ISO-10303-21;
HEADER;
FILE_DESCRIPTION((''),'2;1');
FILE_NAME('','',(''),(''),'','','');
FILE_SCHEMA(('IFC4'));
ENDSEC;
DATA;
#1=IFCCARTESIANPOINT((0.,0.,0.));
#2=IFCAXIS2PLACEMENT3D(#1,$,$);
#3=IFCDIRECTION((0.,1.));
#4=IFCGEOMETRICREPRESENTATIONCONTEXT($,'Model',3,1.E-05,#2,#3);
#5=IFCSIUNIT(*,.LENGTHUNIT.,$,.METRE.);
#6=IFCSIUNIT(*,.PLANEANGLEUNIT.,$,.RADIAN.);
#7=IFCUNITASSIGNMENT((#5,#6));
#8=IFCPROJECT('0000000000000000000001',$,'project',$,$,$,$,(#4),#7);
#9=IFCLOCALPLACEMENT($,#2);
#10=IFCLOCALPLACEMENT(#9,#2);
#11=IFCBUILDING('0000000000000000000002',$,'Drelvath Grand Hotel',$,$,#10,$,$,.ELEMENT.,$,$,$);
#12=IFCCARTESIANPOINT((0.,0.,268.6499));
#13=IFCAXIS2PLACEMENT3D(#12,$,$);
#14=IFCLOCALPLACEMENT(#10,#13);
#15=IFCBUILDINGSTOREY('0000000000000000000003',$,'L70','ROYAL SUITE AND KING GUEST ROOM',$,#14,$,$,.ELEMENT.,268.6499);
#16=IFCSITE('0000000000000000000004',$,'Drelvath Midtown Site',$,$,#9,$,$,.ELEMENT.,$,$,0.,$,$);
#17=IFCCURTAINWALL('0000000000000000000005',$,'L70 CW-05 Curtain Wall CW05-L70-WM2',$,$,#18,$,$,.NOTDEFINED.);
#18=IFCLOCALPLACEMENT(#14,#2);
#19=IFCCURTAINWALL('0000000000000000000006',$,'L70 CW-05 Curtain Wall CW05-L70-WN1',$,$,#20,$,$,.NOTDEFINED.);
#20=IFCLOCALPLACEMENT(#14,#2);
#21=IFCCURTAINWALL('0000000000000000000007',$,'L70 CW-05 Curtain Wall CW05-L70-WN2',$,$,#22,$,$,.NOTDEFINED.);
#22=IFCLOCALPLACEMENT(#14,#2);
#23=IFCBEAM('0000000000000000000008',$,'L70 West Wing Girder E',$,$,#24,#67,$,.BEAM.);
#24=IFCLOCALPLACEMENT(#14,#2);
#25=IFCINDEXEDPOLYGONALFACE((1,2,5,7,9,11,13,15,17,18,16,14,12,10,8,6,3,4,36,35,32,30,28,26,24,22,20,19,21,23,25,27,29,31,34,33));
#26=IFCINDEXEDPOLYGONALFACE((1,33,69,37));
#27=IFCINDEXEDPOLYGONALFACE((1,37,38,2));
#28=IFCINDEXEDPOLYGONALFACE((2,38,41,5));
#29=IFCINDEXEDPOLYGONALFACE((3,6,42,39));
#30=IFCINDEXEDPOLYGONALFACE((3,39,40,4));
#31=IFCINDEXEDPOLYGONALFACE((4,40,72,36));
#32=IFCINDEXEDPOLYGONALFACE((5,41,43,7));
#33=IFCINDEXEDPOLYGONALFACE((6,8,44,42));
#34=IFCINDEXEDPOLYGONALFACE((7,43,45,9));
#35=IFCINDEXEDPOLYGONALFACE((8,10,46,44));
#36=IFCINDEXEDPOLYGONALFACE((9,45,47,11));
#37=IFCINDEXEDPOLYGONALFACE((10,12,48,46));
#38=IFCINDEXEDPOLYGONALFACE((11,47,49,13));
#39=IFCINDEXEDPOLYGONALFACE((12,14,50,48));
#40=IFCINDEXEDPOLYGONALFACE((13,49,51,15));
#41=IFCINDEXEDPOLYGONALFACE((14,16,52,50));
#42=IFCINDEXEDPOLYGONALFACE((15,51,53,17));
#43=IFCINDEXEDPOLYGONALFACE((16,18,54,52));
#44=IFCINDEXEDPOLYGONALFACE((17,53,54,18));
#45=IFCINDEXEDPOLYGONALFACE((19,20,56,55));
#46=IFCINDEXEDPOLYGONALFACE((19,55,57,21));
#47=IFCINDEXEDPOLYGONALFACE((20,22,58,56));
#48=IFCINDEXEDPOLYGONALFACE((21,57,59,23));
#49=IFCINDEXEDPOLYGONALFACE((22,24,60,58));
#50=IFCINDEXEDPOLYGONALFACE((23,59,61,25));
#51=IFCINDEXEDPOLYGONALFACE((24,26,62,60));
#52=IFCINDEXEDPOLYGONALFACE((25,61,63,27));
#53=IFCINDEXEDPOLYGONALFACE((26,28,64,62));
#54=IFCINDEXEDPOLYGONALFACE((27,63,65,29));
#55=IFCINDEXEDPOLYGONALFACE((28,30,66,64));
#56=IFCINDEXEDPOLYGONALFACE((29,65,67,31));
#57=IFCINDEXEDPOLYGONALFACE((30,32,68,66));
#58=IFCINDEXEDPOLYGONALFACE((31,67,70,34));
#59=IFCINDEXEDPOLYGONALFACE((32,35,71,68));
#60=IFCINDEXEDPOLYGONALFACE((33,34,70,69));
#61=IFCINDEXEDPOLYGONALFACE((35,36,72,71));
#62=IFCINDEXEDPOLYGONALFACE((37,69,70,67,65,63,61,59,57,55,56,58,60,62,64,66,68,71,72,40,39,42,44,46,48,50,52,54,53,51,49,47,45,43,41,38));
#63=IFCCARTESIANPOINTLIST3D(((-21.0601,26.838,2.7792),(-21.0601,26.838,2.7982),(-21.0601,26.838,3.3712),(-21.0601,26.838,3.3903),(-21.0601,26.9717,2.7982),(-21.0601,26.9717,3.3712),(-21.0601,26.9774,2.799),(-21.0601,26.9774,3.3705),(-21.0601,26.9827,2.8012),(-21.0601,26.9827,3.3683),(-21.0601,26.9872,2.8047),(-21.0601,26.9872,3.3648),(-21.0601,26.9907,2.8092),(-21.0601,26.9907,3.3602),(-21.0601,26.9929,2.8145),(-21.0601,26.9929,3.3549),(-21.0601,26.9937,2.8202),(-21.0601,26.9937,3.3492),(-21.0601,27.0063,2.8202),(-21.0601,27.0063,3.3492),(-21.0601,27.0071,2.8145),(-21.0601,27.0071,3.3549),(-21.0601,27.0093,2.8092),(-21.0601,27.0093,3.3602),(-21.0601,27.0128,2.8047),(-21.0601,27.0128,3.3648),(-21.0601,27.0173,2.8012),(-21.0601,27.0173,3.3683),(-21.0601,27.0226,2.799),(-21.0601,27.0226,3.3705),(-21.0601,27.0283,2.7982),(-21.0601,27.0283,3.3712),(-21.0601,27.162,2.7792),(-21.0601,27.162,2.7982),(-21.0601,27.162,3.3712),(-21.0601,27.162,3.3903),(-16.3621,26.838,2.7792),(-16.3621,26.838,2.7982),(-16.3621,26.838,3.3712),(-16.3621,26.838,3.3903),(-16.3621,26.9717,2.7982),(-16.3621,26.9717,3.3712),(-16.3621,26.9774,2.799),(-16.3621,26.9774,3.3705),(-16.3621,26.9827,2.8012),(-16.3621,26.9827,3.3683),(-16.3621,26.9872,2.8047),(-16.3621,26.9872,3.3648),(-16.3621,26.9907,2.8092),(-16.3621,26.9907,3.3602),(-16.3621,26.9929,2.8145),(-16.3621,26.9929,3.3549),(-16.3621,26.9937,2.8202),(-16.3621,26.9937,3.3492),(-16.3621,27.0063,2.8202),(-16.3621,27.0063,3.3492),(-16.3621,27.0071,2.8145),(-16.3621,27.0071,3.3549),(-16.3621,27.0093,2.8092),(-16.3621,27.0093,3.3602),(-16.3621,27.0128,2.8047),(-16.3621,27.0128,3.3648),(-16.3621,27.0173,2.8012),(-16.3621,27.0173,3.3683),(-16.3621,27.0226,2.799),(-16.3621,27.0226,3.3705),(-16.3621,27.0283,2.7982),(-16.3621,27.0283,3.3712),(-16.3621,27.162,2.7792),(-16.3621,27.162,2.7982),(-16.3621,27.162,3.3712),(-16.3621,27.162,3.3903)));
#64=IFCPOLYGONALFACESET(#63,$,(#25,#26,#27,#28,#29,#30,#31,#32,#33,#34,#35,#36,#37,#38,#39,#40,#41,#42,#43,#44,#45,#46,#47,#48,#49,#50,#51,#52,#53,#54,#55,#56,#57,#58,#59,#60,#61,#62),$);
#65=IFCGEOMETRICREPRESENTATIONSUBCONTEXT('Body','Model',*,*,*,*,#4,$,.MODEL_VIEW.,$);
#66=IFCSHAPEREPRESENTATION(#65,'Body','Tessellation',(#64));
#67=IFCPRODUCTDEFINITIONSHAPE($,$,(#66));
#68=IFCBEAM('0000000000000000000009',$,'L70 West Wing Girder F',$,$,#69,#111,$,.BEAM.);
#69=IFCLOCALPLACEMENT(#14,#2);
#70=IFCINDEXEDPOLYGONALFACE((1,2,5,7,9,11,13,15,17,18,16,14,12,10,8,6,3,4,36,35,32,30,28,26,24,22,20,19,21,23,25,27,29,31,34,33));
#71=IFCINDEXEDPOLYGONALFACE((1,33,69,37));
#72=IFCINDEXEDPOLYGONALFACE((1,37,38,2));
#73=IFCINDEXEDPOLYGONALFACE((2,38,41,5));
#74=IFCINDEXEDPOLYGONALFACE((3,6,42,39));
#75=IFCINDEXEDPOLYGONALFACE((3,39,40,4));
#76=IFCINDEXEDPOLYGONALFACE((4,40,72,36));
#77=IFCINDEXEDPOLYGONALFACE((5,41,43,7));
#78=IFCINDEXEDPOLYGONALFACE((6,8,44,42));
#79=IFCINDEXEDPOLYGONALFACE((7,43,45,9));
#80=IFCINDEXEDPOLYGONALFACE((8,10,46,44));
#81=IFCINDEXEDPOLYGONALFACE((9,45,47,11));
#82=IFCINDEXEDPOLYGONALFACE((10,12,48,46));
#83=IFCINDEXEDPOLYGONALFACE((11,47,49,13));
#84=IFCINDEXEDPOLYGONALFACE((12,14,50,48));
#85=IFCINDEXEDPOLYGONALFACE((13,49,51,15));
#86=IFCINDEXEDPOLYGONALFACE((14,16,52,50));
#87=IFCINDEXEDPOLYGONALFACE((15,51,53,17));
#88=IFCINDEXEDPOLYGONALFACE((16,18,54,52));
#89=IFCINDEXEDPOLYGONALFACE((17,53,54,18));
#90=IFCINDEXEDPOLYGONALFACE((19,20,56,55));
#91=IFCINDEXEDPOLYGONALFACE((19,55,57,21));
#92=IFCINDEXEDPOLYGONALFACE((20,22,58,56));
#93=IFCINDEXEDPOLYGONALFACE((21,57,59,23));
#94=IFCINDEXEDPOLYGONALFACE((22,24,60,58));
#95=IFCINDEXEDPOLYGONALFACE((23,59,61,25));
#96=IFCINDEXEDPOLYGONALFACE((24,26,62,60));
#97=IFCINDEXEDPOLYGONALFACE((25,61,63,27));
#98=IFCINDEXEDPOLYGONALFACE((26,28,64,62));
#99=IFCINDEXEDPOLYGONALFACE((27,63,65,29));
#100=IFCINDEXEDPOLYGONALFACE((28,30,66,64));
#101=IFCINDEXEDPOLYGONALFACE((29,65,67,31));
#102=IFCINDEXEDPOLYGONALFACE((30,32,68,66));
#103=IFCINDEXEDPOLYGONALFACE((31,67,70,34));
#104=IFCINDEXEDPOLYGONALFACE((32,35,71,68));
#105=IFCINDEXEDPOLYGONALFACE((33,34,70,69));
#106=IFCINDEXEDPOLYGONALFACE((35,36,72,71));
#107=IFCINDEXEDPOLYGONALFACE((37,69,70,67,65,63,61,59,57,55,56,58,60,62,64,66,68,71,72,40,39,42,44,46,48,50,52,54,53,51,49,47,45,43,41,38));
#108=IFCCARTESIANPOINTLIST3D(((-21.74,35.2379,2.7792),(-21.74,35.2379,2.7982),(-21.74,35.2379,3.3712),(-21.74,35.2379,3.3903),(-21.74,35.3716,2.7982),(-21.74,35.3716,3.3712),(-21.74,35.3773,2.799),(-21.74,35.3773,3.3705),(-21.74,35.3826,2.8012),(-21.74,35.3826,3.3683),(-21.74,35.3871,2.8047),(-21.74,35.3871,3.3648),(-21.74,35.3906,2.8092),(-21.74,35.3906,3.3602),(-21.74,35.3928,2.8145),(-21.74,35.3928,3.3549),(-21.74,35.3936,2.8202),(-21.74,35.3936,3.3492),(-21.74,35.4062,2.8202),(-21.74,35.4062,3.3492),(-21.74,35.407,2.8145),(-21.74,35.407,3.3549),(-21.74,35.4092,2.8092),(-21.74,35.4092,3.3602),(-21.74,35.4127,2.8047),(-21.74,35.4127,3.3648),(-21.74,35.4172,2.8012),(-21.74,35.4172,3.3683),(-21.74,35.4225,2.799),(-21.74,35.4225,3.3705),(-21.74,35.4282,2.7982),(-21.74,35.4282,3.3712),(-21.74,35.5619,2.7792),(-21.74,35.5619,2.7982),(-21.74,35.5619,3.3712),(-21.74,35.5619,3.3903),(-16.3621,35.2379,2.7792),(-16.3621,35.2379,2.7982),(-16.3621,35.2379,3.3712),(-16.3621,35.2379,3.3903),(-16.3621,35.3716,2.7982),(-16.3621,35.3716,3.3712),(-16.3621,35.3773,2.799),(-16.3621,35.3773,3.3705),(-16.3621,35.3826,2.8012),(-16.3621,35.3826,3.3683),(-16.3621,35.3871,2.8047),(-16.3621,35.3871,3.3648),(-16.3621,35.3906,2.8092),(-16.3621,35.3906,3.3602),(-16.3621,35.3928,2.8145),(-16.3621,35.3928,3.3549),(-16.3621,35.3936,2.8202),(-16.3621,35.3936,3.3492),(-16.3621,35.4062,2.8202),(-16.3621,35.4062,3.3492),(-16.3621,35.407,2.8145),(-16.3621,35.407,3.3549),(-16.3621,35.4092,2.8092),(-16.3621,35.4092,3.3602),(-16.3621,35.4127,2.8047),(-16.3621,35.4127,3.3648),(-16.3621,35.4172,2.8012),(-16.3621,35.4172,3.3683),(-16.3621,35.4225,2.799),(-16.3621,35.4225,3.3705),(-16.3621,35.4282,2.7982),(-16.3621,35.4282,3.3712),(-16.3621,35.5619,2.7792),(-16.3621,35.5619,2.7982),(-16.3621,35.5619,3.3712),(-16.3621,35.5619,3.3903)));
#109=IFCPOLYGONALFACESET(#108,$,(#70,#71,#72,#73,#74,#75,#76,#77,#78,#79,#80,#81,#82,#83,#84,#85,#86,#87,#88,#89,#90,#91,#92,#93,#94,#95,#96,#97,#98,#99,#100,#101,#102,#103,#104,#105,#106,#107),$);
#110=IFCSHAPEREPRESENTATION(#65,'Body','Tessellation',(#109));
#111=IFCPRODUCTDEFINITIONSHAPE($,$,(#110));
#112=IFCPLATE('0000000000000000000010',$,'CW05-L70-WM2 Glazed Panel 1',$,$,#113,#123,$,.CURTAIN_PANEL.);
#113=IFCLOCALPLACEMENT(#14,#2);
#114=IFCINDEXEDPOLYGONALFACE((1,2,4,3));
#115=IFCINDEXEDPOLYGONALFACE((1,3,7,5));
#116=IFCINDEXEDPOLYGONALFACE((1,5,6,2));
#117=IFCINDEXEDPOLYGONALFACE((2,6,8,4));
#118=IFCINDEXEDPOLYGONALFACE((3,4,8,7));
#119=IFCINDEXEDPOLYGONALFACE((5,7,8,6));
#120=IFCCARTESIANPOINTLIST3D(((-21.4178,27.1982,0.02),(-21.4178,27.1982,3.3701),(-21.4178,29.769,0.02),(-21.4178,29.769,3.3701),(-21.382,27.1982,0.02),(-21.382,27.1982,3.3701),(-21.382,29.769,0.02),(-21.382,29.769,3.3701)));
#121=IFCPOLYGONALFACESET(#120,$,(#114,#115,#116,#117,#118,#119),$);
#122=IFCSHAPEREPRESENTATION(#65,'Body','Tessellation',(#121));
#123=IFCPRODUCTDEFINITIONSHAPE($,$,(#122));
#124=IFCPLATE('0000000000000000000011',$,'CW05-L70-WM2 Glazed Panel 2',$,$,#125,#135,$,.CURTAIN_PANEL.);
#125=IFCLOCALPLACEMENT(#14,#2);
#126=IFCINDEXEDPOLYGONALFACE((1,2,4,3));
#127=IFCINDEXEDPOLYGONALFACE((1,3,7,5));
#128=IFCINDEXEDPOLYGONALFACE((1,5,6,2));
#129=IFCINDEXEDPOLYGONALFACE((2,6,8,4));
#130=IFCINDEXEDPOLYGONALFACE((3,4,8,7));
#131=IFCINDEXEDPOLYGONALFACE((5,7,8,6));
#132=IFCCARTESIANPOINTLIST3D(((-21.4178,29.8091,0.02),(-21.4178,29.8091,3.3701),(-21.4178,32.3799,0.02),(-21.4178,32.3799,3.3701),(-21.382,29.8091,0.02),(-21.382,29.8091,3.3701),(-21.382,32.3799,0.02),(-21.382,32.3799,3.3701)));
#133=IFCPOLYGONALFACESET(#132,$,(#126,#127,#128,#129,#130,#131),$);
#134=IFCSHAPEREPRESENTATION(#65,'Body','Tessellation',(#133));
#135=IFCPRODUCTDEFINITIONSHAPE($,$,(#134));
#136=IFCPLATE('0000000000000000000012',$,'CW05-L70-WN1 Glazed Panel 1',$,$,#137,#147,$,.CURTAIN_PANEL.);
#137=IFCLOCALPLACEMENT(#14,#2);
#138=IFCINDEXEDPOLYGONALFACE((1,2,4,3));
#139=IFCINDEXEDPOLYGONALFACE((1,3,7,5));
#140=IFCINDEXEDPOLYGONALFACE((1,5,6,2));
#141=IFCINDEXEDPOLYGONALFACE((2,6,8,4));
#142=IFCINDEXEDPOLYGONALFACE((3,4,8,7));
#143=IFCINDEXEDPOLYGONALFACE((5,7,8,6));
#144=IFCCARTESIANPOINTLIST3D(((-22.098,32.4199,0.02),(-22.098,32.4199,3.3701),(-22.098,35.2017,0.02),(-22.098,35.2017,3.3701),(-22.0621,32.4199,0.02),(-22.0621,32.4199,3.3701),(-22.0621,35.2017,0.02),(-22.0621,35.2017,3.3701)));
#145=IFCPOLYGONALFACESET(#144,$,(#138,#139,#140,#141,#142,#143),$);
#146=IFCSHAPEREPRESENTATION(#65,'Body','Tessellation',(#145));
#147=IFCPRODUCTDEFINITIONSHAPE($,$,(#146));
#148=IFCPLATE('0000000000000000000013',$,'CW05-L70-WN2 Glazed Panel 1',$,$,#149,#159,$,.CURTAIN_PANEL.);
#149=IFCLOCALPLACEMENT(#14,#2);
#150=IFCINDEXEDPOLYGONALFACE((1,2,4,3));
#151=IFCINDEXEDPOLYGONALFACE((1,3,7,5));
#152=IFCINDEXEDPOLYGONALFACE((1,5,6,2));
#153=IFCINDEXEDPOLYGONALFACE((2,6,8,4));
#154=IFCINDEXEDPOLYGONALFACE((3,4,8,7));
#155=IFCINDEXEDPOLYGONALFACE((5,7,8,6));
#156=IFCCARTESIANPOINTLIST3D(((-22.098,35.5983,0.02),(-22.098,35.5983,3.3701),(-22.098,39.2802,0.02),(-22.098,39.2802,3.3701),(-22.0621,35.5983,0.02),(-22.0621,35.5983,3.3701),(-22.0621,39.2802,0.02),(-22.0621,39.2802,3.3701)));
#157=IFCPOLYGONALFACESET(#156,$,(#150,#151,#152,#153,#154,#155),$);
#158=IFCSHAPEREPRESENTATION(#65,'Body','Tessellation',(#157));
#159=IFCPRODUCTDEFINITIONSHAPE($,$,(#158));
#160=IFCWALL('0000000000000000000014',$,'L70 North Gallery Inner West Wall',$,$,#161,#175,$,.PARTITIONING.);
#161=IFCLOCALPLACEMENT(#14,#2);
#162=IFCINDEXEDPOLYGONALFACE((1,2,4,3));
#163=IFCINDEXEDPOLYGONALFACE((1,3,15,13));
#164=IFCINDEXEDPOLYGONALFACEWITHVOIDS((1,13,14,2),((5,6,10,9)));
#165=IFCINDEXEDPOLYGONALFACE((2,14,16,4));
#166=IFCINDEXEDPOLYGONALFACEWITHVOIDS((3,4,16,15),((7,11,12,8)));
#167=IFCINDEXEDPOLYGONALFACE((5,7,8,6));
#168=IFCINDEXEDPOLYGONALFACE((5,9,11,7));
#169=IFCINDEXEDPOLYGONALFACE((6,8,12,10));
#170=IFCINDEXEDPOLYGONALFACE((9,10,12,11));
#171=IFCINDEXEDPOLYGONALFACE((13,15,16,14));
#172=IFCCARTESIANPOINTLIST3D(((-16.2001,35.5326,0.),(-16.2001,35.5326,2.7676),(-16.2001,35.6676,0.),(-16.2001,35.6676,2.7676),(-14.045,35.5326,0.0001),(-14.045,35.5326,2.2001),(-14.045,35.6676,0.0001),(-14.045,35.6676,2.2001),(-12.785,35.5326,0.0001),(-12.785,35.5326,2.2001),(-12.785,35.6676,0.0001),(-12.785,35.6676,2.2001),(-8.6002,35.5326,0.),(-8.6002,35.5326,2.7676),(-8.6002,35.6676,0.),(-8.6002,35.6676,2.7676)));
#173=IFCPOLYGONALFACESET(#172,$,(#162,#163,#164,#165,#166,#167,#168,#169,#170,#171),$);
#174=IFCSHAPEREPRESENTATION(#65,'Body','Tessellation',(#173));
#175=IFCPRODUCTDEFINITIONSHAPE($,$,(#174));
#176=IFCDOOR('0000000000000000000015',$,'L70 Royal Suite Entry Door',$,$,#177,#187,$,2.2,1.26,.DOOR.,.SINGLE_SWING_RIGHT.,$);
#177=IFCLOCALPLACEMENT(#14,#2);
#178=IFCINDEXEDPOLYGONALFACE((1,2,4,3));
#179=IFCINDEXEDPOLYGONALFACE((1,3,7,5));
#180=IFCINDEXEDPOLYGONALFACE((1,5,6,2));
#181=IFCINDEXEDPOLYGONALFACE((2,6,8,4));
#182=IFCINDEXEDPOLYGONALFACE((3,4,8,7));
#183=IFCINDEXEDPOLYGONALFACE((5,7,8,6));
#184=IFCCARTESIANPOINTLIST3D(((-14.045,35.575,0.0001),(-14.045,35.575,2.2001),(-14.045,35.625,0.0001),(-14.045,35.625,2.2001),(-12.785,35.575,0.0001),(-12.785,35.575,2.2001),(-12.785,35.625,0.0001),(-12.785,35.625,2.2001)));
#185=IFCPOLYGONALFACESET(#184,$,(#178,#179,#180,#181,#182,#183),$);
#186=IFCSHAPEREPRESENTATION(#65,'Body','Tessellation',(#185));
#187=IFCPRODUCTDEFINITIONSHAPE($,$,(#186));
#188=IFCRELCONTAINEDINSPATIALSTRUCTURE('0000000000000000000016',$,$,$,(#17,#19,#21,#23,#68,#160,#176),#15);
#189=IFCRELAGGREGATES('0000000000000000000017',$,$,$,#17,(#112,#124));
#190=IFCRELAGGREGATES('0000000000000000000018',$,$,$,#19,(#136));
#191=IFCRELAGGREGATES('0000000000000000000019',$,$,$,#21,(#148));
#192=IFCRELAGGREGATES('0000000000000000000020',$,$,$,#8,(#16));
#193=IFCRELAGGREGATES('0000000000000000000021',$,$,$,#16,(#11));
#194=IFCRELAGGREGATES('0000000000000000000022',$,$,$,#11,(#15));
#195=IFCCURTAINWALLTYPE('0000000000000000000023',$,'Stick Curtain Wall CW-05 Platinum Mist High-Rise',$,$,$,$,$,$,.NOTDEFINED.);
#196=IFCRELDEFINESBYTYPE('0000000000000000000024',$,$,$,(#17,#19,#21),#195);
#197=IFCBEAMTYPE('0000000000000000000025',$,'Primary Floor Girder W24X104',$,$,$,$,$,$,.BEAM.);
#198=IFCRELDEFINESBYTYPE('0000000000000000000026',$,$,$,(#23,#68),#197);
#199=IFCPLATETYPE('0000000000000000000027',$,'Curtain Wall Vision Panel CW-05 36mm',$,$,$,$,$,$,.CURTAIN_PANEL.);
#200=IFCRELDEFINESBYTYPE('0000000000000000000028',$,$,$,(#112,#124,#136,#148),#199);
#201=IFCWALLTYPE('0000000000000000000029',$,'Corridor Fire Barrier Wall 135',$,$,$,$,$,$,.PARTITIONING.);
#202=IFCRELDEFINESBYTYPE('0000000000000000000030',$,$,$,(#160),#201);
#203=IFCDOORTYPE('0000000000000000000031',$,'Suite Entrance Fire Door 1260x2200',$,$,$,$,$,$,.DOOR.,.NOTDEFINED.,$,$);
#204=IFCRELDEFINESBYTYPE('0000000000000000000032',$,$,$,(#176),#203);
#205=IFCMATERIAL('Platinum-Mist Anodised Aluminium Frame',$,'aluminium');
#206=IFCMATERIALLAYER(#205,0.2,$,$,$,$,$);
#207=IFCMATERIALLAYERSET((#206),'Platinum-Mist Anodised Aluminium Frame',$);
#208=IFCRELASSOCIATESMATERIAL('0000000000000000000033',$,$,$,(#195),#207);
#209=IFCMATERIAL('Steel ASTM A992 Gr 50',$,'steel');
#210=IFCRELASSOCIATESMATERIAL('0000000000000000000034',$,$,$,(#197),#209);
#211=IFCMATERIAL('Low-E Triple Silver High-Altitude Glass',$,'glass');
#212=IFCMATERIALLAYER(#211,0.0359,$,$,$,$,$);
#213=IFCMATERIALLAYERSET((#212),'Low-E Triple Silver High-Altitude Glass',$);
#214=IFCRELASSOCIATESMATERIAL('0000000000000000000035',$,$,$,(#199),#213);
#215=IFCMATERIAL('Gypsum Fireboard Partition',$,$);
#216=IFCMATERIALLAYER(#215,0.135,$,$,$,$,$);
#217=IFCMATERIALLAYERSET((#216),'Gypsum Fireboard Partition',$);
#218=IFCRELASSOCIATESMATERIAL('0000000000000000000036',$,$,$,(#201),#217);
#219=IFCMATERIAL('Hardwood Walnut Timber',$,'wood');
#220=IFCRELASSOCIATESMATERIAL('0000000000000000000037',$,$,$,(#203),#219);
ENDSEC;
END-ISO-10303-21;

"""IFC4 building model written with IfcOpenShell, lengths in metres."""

from ifc_helpers import new_model, si_unit, direction, frame, frame_2d, origin, origin_2d, place, context, subcontext, project, spatial, rectangle, i_section, extrude, material, layer, layer_set, material_profile, profile_set, type_object, element, fill, aggregate, save


model = new_model("IFC4")

# Units and contexts
model_context = context("Model", 3, precision=1e-05, world=origin(), true_north=direction((0.0, 1.0)))
body_context = subcontext(model_context, "Body", "Model", "MODEL_VIEW")
ifc_project = project(units=[si_unit("LENGTHUNIT", "METRE"), si_unit("PLANEANGLEUNIT", "RADIAN")], contexts=[model_context])

# Site, building, storey
site_placement = place(None, origin())
site = spatial("IfcSite", under=ifc_project, at=site_placement, Name="Drelvath Midtown Site", CompositionType="ELEMENT", RefElevation=0.0)
building_placement = place(site_placement, origin())
building = spatial("IfcBuilding", under=site, at=building_placement, Name="Drelvath Grand Hotel", CompositionType="ELEMENT")
storey_placement = place(building_placement, frame((0.0, 0.0, 268.6499)))
storey = spatial("IfcBuildingStorey", under=building, at=storey_placement, Name="L70", Description="ROYAL SUITE AND KING GUEST ROOM", CompositionType="ELEMENT", Elevation=268.6499)

# Curtain walls
ifc_material_1 = material(Name="Platinum-Mist Anodised Aluminium Frame", Category="aluminium")
ifc_layer_1 = layer(ifc_material_1, 0.2)
ifc_layer_set_1 = layer_set([ifc_layer_1], Name="Platinum-Mist Anodised Aluminium Frame")
curtain_wall_type = type_object("IfcCurtainWallType", Name="Stick Curtain Wall CW-05 Platinum Mist High-Rise", PredefinedType="NOTDEFINED", material=ifc_layer_set_1)
curtain_wall_1_placement = place(storey_placement, origin())
curtain_wall_1 = element("IfcCurtainWall", 1, at=curtain_wall_1_placement, inside=storey, type_object=curtain_wall_type, Name="L70 CW-05 Curtain Wall CW05-L70-WM2", PredefinedType="NOTDEFINED")
curtain_wall_2_placement = place(storey_placement, origin())
curtain_wall_2 = element("IfcCurtainWall", 2, at=curtain_wall_2_placement, inside=storey, type_object=curtain_wall_type, Name="L70 CW-05 Curtain Wall CW05-L70-WN1", PredefinedType="NOTDEFINED")
curtain_wall_3_placement = place(storey_placement, origin())
curtain_wall_3 = element("IfcCurtainWall", 3, at=curtain_wall_3_placement, inside=storey, type_object=curtain_wall_type, Name="L70 CW-05 Curtain Wall CW05-L70-WN2", PredefinedType="NOTDEFINED")

# Beams
ifc_material_2 = material(Name="Steel ASTM A992 Gr 50", Category="steel")
ifc_material_profile_1 = material_profile(ifc_material_2, i_section(OverallWidth=0.324, OverallDepth=0.6111, WebThickness=0.0127, FlangeThickness=0.019, FilletRadius=0.022, at=origin_2d()), Name="W24X104")
ifc_profile_set_1 = profile_set([ifc_material_profile_1], Name="Steel ASTM A992 Gr 50")
beam_type_1 = type_object("IfcBeamType", Name="Primary Floor Girder W24X104", PredefinedType="BEAM", material=ifc_profile_set_1)
beam_1_placement = place(storey_placement, frame((-21.0601, 27.0, 3.0847), z_axis=(1.0, 0.0, 0.0), x_axis=(0.0, 1.0, 0.0)))
element("IfcBeam", 4, at=beam_1_placement, inside=storey, type_object=beam_type_1, Name="L70 West Wing Girder E", PredefinedType="BEAM", context=body_context, shape_type="SweptSolid", body=[
    extrude(i_section(OverallWidth=0.324, OverallDepth=0.6111, WebThickness=0.0127, FlangeThickness=0.019, FilletRadius=0.022, at=origin_2d()), origin(), (0.0, 0.0, 1.0), 4.698),
])
beam_2_placement = place(storey_placement, frame((-21.74, 35.3999, 3.0847), z_axis=(1.0, 0.0, 0.0), x_axis=(0.0, 1.0, 0.0)))
element("IfcBeam", 5, at=beam_2_placement, inside=storey, type_object=beam_type_1, Name="L70 West Wing Girder F", PredefinedType="BEAM", context=body_context, shape_type="SweptSolid", body=[
    extrude(i_section(OverallWidth=0.324, OverallDepth=0.6111, WebThickness=0.0127, FlangeThickness=0.019, FilletRadius=0.022, at=origin_2d()), origin(), (0.0, 0.0, 1.0), 5.3779),
])

# Plates
ifc_material_3 = material(Name="Low-E Triple Silver High-Altitude Glass", Category="glass")
ifc_layer_2 = layer(ifc_material_3, 0.0359)
ifc_layer_set_2 = layer_set([ifc_layer_2], Name="Low-E Triple Silver High-Altitude Glass")
plate_type = type_object("IfcPlateType", Name="Curtain Wall Vision Panel CW-05 36mm", PredefinedType="CURTAIN_PANEL", material=ifc_layer_set_2)
plate_1_placement = place(storey_placement, frame((-21.3999, 28.4836, 0.02), z_axis=(0.0, 0.0, 1.0), x_axis=(0.0, 1.0, 0.0)))
plate_1 = element("IfcPlate", 6, at=plate_1_placement, type_object=plate_type, Name="CW05-L70-WM2 Glazed Panel 1", PredefinedType="CURTAIN_PANEL", context=body_context, shape_type="SweptSolid", body=[
    extrude(rectangle(XDim=2.5708, YDim=0.0359, at=origin_2d()), origin(), (0.0, 0.0, 1.0), 3.3501),
])
plate_2_placement = place(storey_placement, frame((-21.3999, 31.0945, 0.02), z_axis=(0.0, 0.0, 1.0), x_axis=(0.0, 1.0, 0.0)))
plate_2 = element("IfcPlate", 7, at=plate_2_placement, type_object=plate_type, Name="CW05-L70-WM2 Glazed Panel 2", PredefinedType="CURTAIN_PANEL", context=body_context, shape_type="SweptSolid", body=[
    extrude(rectangle(XDim=2.5708, YDim=0.0359, at=origin_2d()), origin(), (0.0, 0.0, 1.0), 3.3501),
])
aggregate(curtain_wall_1, [plate_1, plate_2])
plate_3_placement = place(storey_placement, frame((-22.0801, 33.8108, 0.02), z_axis=(0.0, 0.0, 1.0), x_axis=(0.0, 1.0, 0.0)))
plate_3 = element("IfcPlate", 8, at=plate_3_placement, type_object=plate_type, Name="CW05-L70-WN1 Glazed Panel 1", PredefinedType="CURTAIN_PANEL", context=body_context, shape_type="SweptSolid", body=[
    extrude(rectangle(XDim=2.7817, YDim=0.0359, at=origin_2d()), origin(), (0.0, 0.0, 1.0), 3.3501),
])
aggregate(curtain_wall_2, [plate_3])
plate_4_placement = place(storey_placement, frame((-22.0801, 37.4392, 0.02), z_axis=(0.0, 0.0, 1.0), x_axis=(0.0, 1.0, 0.0)))
plate_4 = element("IfcPlate", 9, at=plate_4_placement, type_object=plate_type, Name="CW05-L70-WN2 Glazed Panel 1", PredefinedType="CURTAIN_PANEL", context=body_context, shape_type="SweptSolid", body=[
    extrude(rectangle(XDim=3.6819, YDim=0.0359, at=origin_2d()), origin(), (0.0, 0.0, 1.0), 3.3501),
])
aggregate(curtain_wall_3, [plate_4])

# Wall, opening, door
ifc_material_4 = material(Name="Gypsum Fireboard Partition")
ifc_layer_3 = layer(ifc_material_4, 0.135)
ifc_layer_set_3 = layer_set([ifc_layer_3], Name="Gypsum Fireboard Partition")
wall_type_1 = type_object("IfcWallType", Name="Corridor Fire Barrier Wall 135", PredefinedType="PARTITIONING", material=ifc_layer_set_3)
wall_1_placement = place(storey_placement, frame((-16.2, 35.6001, 0.0), z_axis=(0.0, 0.0, 1.0), x_axis=(1.0, 0.0, 0.0)))
wall_1 = element("IfcWall", 10, at=wall_1_placement, inside=storey, type_object=wall_type_1, Name="L70 North Gallery Inner West Wall", PredefinedType="PARTITIONING", context=body_context, shape_type="SweptSolid", body=[
    extrude(rectangle(XDim=7.5999, YDim=0.135, at=frame_2d((3.7998, 0.0))), origin(), (0.0, 0.0, 1.0), 2.7676),
])
opening_placement = place(wall_1_placement, frame((2.155, 0.0, 0.0)))
opening = element("IfcOpeningElement", 11, at=opening_placement, cuts=wall_1, PredefinedType="OPENING", context=body_context, shape_type="SweptSolid", body=[
    extrude(rectangle(XDim=1.26, YDim=2.2, at=frame_2d((0.6299, 1.1001))), frame((0.0, 0.0774, 0.0), z_axis=(0.0, -1.0, 0.0), x_axis=(1.0, 0.0, 0.0)), (0.0, 0.0, 1.0), 0.155),
])
ifc_material_5 = material(Name="Hardwood Walnut Timber", Category="wood")
door_type = type_object("IfcDoorType", Name="Suite Entrance Fire Door 1260x2200", OperationType="NOTDEFINED", PredefinedType="DOOR", material=ifc_material_5)
door_placement = place(opening_placement, origin())
door = element("IfcDoor", 12, at=door_placement, inside=storey, type_object=door_type, Name="L70 Royal Suite Entry Door", OperationType="SINGLE_SWING_RIGHT", OverallHeight=2.2, OverallWidth=1.26, PredefinedType="DOOR", context=body_context, shape_type="SweptSolid", body=[
    extrude(rectangle(XDim=1.26, YDim=2.2, at=frame_2d((0.6299, 1.1001))), frame((0.0, 0.0249, 0.0), z_axis=(0.0, -1.0, 0.0), x_axis=(1.0, 0.0, 0.0)), (0.0, 0.0, 1.0), 0.05),
])
fill(opening, door)

save(model, "model.ifc")
